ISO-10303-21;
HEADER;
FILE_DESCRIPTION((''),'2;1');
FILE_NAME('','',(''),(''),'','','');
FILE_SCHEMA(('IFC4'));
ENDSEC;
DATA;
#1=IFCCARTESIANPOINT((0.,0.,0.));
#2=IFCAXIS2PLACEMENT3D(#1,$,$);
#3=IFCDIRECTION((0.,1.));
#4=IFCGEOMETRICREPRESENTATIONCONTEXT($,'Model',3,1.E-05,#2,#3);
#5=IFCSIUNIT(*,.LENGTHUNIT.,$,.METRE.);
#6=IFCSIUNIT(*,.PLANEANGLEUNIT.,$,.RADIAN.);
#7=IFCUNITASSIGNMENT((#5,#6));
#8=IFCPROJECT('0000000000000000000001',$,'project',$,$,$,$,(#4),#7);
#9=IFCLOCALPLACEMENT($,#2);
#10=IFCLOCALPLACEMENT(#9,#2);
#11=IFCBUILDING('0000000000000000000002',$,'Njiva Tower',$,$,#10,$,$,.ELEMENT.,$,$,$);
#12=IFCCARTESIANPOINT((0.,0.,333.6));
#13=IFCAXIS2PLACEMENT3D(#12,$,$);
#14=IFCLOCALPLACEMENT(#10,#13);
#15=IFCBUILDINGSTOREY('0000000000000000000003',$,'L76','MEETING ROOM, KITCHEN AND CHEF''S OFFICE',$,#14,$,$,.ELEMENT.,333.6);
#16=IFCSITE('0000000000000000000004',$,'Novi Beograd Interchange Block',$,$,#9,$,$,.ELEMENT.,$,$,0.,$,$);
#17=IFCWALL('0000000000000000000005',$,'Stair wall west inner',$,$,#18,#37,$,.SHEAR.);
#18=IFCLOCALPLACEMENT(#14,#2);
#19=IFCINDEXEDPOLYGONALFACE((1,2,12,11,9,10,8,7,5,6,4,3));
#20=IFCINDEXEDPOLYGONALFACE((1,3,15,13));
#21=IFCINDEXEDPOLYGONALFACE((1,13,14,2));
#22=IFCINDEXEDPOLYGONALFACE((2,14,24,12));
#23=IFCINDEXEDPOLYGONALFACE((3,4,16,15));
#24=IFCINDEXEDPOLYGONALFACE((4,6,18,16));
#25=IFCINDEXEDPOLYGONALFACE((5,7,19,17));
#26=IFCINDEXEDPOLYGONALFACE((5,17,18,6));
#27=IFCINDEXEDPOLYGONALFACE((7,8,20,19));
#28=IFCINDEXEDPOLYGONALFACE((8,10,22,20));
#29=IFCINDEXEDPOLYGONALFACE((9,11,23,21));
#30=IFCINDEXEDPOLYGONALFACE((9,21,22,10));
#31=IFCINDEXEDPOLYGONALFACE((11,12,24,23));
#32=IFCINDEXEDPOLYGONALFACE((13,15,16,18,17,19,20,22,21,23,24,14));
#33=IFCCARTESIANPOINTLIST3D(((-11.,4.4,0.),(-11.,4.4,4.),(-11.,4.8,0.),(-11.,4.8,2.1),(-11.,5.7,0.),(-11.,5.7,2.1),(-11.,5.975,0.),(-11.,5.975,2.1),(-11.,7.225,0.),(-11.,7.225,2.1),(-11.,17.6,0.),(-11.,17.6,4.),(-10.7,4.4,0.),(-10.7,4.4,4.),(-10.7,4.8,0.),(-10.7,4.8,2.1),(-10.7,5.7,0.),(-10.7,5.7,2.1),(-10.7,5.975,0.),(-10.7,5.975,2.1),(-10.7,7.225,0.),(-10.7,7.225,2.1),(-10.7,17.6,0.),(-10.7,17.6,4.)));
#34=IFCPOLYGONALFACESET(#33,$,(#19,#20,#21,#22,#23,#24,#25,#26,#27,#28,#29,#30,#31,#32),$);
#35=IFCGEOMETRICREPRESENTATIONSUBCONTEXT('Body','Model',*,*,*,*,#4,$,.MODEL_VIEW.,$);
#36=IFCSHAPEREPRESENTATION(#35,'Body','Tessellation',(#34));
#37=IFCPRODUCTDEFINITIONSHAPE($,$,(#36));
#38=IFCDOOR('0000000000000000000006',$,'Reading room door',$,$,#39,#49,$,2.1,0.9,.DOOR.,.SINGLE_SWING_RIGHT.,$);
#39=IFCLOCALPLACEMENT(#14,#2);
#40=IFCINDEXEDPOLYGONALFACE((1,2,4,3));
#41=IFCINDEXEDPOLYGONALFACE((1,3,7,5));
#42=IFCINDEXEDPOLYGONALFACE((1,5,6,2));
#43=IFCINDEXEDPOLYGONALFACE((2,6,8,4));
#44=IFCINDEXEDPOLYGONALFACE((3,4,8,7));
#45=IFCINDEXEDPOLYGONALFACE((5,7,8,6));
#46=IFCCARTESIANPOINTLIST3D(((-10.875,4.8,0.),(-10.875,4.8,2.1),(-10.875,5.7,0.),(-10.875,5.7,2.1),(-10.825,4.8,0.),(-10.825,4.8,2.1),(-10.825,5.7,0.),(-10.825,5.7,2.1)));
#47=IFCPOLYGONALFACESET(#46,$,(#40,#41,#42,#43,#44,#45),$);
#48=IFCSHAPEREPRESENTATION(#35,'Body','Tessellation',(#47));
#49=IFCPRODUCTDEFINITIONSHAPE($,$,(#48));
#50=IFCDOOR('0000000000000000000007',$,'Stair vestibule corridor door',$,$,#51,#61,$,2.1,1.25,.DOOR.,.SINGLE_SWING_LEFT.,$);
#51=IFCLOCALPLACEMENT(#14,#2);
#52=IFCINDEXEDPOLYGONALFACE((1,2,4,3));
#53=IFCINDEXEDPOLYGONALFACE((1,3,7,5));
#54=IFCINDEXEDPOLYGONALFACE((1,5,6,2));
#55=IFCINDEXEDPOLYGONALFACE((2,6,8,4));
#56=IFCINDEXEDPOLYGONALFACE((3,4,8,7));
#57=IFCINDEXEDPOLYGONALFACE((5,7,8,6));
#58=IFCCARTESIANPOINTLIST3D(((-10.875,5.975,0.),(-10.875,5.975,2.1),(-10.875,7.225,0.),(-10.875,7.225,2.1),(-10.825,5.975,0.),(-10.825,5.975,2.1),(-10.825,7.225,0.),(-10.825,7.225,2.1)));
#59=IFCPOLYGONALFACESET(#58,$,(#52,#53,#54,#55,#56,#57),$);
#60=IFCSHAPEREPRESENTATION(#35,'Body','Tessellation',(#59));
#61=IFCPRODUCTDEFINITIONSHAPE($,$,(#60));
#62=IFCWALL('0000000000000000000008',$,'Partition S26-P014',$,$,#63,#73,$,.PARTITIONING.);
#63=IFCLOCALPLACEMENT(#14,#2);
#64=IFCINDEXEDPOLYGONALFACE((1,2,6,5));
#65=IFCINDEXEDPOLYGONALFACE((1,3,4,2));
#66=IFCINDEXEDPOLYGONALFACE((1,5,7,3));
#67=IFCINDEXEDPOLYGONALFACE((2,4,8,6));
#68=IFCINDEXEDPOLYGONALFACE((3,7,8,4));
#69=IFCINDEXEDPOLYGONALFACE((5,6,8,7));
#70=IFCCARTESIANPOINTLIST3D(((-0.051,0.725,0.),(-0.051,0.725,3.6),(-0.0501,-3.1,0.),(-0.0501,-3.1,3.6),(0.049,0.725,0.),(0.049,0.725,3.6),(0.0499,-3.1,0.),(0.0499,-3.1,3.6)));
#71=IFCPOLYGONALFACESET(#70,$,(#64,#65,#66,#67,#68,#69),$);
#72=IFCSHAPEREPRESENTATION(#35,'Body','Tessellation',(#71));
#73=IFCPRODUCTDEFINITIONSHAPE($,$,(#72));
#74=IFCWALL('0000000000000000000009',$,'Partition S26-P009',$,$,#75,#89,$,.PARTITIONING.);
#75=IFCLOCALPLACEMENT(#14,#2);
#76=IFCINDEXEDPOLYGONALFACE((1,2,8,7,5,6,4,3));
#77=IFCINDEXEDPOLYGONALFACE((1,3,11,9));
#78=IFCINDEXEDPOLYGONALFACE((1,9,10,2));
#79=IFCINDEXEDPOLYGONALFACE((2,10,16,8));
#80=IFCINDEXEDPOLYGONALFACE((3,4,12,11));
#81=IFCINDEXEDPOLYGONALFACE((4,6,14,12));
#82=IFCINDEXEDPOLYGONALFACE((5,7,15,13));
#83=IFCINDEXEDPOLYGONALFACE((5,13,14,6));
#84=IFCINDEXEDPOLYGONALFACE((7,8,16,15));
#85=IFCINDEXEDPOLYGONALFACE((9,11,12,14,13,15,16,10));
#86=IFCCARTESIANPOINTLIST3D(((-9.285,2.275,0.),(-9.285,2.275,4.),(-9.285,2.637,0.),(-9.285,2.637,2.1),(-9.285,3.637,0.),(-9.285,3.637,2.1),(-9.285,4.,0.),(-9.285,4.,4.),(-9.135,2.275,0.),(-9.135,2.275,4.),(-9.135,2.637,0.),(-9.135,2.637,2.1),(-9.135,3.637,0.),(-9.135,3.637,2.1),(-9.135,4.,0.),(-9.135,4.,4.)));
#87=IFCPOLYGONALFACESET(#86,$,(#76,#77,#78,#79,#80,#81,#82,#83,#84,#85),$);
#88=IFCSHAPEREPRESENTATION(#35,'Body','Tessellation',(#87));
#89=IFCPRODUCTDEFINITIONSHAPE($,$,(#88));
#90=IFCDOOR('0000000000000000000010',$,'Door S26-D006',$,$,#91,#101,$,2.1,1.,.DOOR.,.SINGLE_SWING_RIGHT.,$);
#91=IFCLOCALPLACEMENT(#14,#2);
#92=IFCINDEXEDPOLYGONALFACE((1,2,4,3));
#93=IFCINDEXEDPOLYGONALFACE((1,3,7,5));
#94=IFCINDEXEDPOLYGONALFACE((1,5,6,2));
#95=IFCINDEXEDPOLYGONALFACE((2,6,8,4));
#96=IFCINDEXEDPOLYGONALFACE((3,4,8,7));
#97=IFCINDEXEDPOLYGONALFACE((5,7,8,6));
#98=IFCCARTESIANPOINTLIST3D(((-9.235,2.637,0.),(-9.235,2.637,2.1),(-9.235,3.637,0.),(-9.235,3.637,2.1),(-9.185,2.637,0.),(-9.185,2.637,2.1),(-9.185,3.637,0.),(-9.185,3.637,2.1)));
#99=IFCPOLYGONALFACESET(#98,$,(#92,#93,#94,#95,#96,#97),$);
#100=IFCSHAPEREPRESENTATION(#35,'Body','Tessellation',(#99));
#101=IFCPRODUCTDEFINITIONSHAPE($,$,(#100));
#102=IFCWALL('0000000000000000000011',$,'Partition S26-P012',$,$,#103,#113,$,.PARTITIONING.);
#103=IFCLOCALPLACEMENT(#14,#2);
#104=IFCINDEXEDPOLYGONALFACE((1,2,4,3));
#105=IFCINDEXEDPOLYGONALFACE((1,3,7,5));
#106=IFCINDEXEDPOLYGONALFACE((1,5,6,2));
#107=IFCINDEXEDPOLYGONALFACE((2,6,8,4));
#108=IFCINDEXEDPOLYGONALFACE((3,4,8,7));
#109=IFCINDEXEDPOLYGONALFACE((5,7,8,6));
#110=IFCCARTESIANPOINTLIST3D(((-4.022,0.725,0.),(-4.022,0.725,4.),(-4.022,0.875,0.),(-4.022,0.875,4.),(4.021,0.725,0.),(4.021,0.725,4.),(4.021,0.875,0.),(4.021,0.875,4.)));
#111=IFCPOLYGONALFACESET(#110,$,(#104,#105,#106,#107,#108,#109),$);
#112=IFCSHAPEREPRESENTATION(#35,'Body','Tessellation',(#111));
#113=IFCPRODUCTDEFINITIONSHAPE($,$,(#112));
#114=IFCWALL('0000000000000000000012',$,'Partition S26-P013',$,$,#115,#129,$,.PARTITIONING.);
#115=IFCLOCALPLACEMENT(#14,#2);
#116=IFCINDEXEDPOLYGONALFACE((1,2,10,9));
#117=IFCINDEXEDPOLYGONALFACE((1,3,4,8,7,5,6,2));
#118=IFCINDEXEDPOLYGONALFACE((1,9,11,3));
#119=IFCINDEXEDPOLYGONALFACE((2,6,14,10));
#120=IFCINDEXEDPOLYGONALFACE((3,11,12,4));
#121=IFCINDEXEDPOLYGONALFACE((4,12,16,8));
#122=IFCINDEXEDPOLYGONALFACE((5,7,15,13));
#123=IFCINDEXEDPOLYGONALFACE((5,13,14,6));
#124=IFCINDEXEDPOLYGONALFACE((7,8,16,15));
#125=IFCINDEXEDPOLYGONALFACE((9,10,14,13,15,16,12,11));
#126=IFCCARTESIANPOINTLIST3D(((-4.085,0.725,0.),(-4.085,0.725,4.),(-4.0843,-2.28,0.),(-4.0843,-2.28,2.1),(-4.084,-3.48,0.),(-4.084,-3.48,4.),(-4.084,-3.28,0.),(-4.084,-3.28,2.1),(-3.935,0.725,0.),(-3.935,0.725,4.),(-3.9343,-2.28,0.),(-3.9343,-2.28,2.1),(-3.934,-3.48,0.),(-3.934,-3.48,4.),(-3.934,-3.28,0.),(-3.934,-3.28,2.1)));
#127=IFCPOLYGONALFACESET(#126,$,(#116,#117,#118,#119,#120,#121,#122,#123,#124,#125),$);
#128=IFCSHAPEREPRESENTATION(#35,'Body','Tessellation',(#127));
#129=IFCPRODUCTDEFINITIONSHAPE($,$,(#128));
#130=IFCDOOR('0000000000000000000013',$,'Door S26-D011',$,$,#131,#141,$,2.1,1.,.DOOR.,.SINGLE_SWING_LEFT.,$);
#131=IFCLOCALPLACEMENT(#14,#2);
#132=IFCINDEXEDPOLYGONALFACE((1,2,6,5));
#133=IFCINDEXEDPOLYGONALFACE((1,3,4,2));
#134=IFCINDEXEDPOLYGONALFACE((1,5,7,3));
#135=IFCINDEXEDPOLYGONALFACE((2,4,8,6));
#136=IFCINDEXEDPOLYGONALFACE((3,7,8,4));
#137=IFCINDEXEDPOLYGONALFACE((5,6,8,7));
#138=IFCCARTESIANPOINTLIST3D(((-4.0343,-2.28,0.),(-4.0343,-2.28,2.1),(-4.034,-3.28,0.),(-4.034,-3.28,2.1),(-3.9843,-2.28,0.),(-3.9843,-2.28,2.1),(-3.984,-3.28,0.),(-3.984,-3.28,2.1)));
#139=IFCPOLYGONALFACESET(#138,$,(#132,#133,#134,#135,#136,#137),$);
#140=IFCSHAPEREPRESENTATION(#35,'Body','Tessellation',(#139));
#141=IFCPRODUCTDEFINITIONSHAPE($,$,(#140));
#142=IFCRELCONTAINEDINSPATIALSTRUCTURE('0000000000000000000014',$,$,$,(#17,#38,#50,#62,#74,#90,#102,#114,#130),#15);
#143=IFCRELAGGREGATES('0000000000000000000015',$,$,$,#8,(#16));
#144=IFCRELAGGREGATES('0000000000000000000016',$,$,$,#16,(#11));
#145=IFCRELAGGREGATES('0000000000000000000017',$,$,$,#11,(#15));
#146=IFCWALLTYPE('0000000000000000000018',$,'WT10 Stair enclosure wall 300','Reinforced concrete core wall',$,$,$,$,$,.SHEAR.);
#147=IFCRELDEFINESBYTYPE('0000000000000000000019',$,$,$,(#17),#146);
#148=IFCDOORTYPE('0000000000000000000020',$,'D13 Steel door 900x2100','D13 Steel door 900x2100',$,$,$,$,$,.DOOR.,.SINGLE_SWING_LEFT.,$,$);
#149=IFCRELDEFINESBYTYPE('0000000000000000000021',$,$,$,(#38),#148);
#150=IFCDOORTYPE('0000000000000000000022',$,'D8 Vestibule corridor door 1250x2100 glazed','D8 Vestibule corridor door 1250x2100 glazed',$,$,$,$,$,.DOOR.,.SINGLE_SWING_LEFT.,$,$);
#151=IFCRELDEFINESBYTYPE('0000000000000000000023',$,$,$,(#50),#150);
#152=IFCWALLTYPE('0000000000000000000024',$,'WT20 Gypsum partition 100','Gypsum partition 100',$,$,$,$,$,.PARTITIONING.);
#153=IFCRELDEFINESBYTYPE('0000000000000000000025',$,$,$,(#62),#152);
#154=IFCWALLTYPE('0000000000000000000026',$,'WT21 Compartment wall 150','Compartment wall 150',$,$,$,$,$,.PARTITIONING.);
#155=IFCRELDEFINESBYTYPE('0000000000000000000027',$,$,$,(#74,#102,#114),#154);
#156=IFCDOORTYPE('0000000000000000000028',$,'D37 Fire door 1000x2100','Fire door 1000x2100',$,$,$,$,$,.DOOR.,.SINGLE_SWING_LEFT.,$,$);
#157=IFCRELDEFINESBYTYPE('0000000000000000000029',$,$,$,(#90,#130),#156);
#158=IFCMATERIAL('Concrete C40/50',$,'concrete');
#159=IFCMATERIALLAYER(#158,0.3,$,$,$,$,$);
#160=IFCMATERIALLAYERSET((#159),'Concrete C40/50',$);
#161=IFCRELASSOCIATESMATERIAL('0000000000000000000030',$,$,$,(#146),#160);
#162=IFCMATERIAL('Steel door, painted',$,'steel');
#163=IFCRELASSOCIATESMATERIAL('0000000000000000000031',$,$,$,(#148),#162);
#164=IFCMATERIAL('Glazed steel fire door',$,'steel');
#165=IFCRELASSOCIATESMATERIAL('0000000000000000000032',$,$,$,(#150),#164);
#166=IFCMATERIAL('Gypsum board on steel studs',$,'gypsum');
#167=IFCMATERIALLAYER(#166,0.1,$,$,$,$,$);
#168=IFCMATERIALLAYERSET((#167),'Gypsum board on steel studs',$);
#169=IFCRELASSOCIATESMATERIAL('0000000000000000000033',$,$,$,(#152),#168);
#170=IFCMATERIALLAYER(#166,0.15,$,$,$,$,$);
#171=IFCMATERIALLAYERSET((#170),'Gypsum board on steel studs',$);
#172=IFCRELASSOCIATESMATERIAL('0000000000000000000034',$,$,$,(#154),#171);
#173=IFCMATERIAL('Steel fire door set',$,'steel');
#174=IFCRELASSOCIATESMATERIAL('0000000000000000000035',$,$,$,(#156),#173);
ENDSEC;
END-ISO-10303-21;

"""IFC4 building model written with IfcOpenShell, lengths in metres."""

from ifc_helpers import new_model, si_unit, direction, frame, frame_2d, origin, place, context, subcontext, project, spatial, rectangle, extrude, material, layer, layer_set, type_object, element, fill, save


model = new_model("IFC4")

# Units and contexts
model_context = context("Model", 3, precision=1e-05, world=origin(), true_north=direction((0.0, 1.0)))
body_context = subcontext(model_context, "Body", "Model", "MODEL_VIEW")
ifc_project = project(units=[si_unit("LENGTHUNIT", "METRE"), si_unit("PLANEANGLEUNIT", "RADIAN")], contexts=[model_context])

# Site, building, storey
site_placement = place(None, origin())
site = spatial("IfcSite", under=ifc_project, at=site_placement, Name="Novi Beograd Interchange Block", CompositionType="ELEMENT", RefElevation=0.0)
building_placement = place(site_placement, origin())
building = spatial("IfcBuilding", under=site, at=building_placement, Name="Njiva Tower", CompositionType="ELEMENT")
storey_placement = place(building_placement, frame((0.0, 0.0, 333.6)))
storey = spatial("IfcBuildingStorey", under=building, at=storey_placement, Name="L76", Description="MEETING ROOM, KITCHEN AND CHEF'S OFFICE", CompositionType="ELEMENT", Elevation=333.6)

# Wall, openings, doors
ifc_material_1 = material(Name="Concrete C40/50", Category="concrete")
ifc_layer_1 = layer(ifc_material_1, 0.3)
ifc_layer_set_1 = layer_set([ifc_layer_1], Name="Concrete C40/50")
wall_type_1 = type_object("IfcWallType", Name="WT10 Stair enclosure wall 300", Description="Reinforced concrete core wall", PredefinedType="SHEAR", material=ifc_layer_set_1)
wall_1_placement = place(storey_placement, frame((-10.85, 4.4, 0.0), z_axis=(0.0, 0.0, 1.0), x_axis=(0.0, 1.0, 0.0)))
wall_1 = element("IfcWall", 1, at=wall_1_placement, inside=storey, type_object=wall_type_1, Name="Stair wall west inner", PredefinedType="SHEAR", context=body_context, shape_type="SweptSolid", body=[
    extrude(rectangle(XDim=13.2, YDim=0.3, at=frame_2d((6.6, 0.0))), origin(), (0.0, 0.0, 1.0), 4.0),
])
opening_1_placement = place(wall_1_placement, frame((1.575, 0.0, 0.0)))
opening_1 = element("IfcOpeningElement", 2, at=opening_1_placement, cuts=wall_1, PredefinedType="OPENING", context=body_context, shape_type="SweptSolid", body=[
    extrude(rectangle(XDim=1.25, YDim=2.1, at=frame_2d((0.625, 1.05))), frame((0.0, 0.16, 0.0), z_axis=(0.0, -1.0, 0.0), x_axis=(1.0, 0.0, 0.0)), (0.0, 0.0, 1.0), 0.32),
])
opening_2_placement = place(wall_1_placement, frame((0.4, 0.0, 0.0)))
opening_2 = element("IfcOpeningElement", 3, at=opening_2_placement, cuts=wall_1, PredefinedType="OPENING", context=body_context, shape_type="SweptSolid", body=[
    extrude(rectangle(XDim=0.9, YDim=2.1, at=frame_2d((0.45, 1.05))), frame((0.0, 0.16, 0.0), z_axis=(0.0, -1.0, 0.0), x_axis=(1.0, 0.0, 0.0)), (0.0, 0.0, 1.0), 0.32),
])
ifc_material_2 = material(Name="Steel door, painted", Category="steel")
door_type_1 = type_object("IfcDoorType", Name="D13 Steel door 900x2100", Description="D13 Steel door 900x2100", OperationType="SINGLE_SWING_LEFT", PredefinedType="DOOR", material=ifc_material_2)
door_1_placement = place(opening_2_placement, origin())
door_1 = element("IfcDoor", 4, at=door_1_placement, inside=storey, type_object=door_type_1, Name="Reading room door", OperationType="SINGLE_SWING_RIGHT", OverallHeight=2.1, OverallWidth=0.9, PredefinedType="DOOR", context=body_context, shape_type="SweptSolid", body=[
    extrude(rectangle(XDim=0.9, YDim=2.1, at=frame_2d((0.45, 1.05))), frame((0.0, 0.025, 0.0), z_axis=(0.0, -1.0, 0.0), x_axis=(1.0, 0.0, 0.0)), (0.0, 0.0, 1.0), 0.05),
])
fill(opening_2, door_1)
ifc_material_3 = material(Name="Glazed steel fire door", Category="steel")
door_type_2 = type_object("IfcDoorType", Name="D8 Vestibule corridor door 1250x2100 glazed", Description="D8 Vestibule corridor door 1250x2100 glazed", OperationType="SINGLE_SWING_LEFT", PredefinedType="DOOR", material=ifc_material_3)
door_2_placement = place(opening_1_placement, origin())
door_2 = element("IfcDoor", 5, at=door_2_placement, inside=storey, type_object=door_type_2, Name="Stair vestibule corridor door", OperationType="SINGLE_SWING_LEFT", OverallHeight=2.1, OverallWidth=1.25, PredefinedType="DOOR", context=body_context, shape_type="SweptSolid", body=[
    extrude(rectangle(XDim=1.25, YDim=2.1, at=frame_2d((0.625, 1.05))), frame((0.0, 0.025, 0.0), z_axis=(0.0, -1.0, 0.0), x_axis=(1.0, 0.0, 0.0)), (0.0, 0.0, 1.0), 0.05),
])
fill(opening_1, door_2)

# Wall
ifc_material_4 = material(Name="Gypsum board on steel studs", Category="gypsum")
ifc_layer_2 = layer(ifc_material_4, 0.1)
ifc_layer_set_2 = layer_set([ifc_layer_2], Name="Gypsum board on steel studs")
wall_type_2 = type_object("IfcWallType", Name="WT20 Gypsum partition 100", Description="Gypsum partition 100", PredefinedType="PARTITIONING", material=ifc_layer_set_2)
wall_2_placement = place(storey_placement, frame((-0.001, 0.725, 0.0), z_axis=(0.0, 0.0, 1.0), x_axis=(0.000235, -1.0, 0.0)))
element("IfcWall", 6, at=wall_2_placement, inside=storey, type_object=wall_type_2, Name="Partition S26-P014", PredefinedType="PARTITIONING", context=body_context, shape_type="SweptSolid", body=[
    extrude(rectangle(XDim=3.825, YDim=0.1, at=frame_2d((1.9125, 0.0))), origin(), (0.0, 0.0, 1.0), 3.6),
])

# Wall, opening, door
ifc_layer_3 = layer(ifc_material_4, 0.15)
ifc_layer_set_3 = layer_set([ifc_layer_3], Name="Gypsum board on steel studs")
wall_type_3 = type_object("IfcWallType", Name="WT21 Compartment wall 150", Description="Compartment wall 150", PredefinedType="PARTITIONING", material=ifc_layer_set_3)
wall_3_placement = place(storey_placement, frame((-9.21, 2.275, 0.0), z_axis=(0.0, 0.0, 1.0), x_axis=(0.0, 1.0, 0.0)))
wall_3 = element("IfcWall", 7, at=wall_3_placement, inside=storey, type_object=wall_type_3, Name="Partition S26-P009", PredefinedType="PARTITIONING", context=body_context, shape_type="SweptSolid", body=[
    extrude(rectangle(XDim=1.725, YDim=0.15, at=frame_2d((0.8625, 0.0))), origin(), (0.0, 0.0, 1.0), 4.0),
])
opening_3_placement = place(wall_3_placement, frame((0.362, 0.0, 0.0)))
opening_3 = element("IfcOpeningElement", 8, at=opening_3_placement, cuts=wall_3, PredefinedType="OPENING", context=body_context, shape_type="SweptSolid", body=[
    extrude(rectangle(XDim=1.0, YDim=2.1, at=frame_2d((0.5, 1.05))), frame((0.0, 0.085, 0.0), z_axis=(0.0, -1.0, 0.0), x_axis=(1.0, 0.0, 0.0)), (0.0, 0.0, 1.0), 0.17),
])
ifc_material_5 = material(Name="Steel fire door set", Category="steel")
door_type_3 = type_object("IfcDoorType", Name="D37 Fire door 1000x2100", Description="Fire door 1000x2100", OperationType="SINGLE_SWING_LEFT", PredefinedType="DOOR", material=ifc_material_5)
door_3_placement = place(opening_3_placement, origin())
door_3 = element("IfcDoor", 9, at=door_3_placement, inside=storey, type_object=door_type_3, Name="Door S26-D006", OperationType="SINGLE_SWING_RIGHT", OverallHeight=2.1, OverallWidth=1.0, PredefinedType="DOOR", context=body_context, shape_type="SweptSolid", body=[
    extrude(rectangle(XDim=1.0, YDim=2.1, at=frame_2d((0.5, 1.05))), frame((0.0, 0.025, 0.0), z_axis=(0.0, -1.0, 0.0), x_axis=(1.0, 0.0, 0.0)), (0.0, 0.0, 1.0), 0.05),
])
fill(opening_3, door_3)

# Wall
wall_4_placement = place(storey_placement, frame((-4.022, 0.8, 0.0), z_axis=(0.0, 0.0, 1.0), x_axis=(1.0, 0.0, 0.0)))
element("IfcWall", 10, at=wall_4_placement, inside=storey, type_object=wall_type_3, Name="Partition S26-P012", PredefinedType="PARTITIONING", context=body_context, shape_type="SweptSolid", body=[
    extrude(rectangle(XDim=8.043, YDim=0.15, at=frame_2d((4.0215, 0.0))), origin(), (0.0, 0.0, 1.0), 4.0),
])

# Wall, opening, door
wall_5_placement = place(storey_placement, frame((-4.01, 0.725, 0.0), z_axis=(0.0, 0.0, 1.0), x_axis=(0.000238, -1.0, 0.0)))
wall_5 = element("IfcWall", 11, at=wall_5_placement, inside=storey, type_object=wall_type_3, Name="Partition S26-P013", PredefinedType="PARTITIONING", context=body_context, shape_type="SweptSolid", body=[
    extrude(rectangle(XDim=4.205, YDim=0.15, at=frame_2d((2.1025, 0.0))), origin(), (0.0, 0.0, 1.0), 4.0),
])
opening_4_placement = place(wall_5_placement, frame((3.005, 0.0, 0.0)))
opening_4 = element("IfcOpeningElement", 12, at=opening_4_placement, cuts=wall_5, PredefinedType="OPENING", context=body_context, shape_type="SweptSolid", body=[
    extrude(rectangle(XDim=1.0, YDim=2.1, at=frame_2d((0.5, 1.05))), frame((0.0, 0.085, 0.0), z_axis=(0.0, -1.0, 0.0), x_axis=(1.0, 0.0, 0.0)), (0.0, 0.0, 1.0), 0.17),
])
door_4_placement = place(opening_4_placement, origin())
door_4 = element("IfcDoor", 13, at=door_4_placement, inside=storey, type_object=door_type_3, Name="Door S26-D011", OperationType="SINGLE_SWING_LEFT", OverallHeight=2.1, OverallWidth=1.0, PredefinedType="DOOR", context=body_context, shape_type="SweptSolid", body=[
    extrude(rectangle(XDim=1.0, YDim=2.1, at=frame_2d((0.5, 1.05))), frame((0.0, 0.025, 0.0), z_axis=(0.0, -1.0, 0.0), x_axis=(1.0, 0.0, 0.0)), (0.0, 0.0, 1.0), 0.05),
])
fill(opening_4, door_4)

save(model, "model.ifc")
